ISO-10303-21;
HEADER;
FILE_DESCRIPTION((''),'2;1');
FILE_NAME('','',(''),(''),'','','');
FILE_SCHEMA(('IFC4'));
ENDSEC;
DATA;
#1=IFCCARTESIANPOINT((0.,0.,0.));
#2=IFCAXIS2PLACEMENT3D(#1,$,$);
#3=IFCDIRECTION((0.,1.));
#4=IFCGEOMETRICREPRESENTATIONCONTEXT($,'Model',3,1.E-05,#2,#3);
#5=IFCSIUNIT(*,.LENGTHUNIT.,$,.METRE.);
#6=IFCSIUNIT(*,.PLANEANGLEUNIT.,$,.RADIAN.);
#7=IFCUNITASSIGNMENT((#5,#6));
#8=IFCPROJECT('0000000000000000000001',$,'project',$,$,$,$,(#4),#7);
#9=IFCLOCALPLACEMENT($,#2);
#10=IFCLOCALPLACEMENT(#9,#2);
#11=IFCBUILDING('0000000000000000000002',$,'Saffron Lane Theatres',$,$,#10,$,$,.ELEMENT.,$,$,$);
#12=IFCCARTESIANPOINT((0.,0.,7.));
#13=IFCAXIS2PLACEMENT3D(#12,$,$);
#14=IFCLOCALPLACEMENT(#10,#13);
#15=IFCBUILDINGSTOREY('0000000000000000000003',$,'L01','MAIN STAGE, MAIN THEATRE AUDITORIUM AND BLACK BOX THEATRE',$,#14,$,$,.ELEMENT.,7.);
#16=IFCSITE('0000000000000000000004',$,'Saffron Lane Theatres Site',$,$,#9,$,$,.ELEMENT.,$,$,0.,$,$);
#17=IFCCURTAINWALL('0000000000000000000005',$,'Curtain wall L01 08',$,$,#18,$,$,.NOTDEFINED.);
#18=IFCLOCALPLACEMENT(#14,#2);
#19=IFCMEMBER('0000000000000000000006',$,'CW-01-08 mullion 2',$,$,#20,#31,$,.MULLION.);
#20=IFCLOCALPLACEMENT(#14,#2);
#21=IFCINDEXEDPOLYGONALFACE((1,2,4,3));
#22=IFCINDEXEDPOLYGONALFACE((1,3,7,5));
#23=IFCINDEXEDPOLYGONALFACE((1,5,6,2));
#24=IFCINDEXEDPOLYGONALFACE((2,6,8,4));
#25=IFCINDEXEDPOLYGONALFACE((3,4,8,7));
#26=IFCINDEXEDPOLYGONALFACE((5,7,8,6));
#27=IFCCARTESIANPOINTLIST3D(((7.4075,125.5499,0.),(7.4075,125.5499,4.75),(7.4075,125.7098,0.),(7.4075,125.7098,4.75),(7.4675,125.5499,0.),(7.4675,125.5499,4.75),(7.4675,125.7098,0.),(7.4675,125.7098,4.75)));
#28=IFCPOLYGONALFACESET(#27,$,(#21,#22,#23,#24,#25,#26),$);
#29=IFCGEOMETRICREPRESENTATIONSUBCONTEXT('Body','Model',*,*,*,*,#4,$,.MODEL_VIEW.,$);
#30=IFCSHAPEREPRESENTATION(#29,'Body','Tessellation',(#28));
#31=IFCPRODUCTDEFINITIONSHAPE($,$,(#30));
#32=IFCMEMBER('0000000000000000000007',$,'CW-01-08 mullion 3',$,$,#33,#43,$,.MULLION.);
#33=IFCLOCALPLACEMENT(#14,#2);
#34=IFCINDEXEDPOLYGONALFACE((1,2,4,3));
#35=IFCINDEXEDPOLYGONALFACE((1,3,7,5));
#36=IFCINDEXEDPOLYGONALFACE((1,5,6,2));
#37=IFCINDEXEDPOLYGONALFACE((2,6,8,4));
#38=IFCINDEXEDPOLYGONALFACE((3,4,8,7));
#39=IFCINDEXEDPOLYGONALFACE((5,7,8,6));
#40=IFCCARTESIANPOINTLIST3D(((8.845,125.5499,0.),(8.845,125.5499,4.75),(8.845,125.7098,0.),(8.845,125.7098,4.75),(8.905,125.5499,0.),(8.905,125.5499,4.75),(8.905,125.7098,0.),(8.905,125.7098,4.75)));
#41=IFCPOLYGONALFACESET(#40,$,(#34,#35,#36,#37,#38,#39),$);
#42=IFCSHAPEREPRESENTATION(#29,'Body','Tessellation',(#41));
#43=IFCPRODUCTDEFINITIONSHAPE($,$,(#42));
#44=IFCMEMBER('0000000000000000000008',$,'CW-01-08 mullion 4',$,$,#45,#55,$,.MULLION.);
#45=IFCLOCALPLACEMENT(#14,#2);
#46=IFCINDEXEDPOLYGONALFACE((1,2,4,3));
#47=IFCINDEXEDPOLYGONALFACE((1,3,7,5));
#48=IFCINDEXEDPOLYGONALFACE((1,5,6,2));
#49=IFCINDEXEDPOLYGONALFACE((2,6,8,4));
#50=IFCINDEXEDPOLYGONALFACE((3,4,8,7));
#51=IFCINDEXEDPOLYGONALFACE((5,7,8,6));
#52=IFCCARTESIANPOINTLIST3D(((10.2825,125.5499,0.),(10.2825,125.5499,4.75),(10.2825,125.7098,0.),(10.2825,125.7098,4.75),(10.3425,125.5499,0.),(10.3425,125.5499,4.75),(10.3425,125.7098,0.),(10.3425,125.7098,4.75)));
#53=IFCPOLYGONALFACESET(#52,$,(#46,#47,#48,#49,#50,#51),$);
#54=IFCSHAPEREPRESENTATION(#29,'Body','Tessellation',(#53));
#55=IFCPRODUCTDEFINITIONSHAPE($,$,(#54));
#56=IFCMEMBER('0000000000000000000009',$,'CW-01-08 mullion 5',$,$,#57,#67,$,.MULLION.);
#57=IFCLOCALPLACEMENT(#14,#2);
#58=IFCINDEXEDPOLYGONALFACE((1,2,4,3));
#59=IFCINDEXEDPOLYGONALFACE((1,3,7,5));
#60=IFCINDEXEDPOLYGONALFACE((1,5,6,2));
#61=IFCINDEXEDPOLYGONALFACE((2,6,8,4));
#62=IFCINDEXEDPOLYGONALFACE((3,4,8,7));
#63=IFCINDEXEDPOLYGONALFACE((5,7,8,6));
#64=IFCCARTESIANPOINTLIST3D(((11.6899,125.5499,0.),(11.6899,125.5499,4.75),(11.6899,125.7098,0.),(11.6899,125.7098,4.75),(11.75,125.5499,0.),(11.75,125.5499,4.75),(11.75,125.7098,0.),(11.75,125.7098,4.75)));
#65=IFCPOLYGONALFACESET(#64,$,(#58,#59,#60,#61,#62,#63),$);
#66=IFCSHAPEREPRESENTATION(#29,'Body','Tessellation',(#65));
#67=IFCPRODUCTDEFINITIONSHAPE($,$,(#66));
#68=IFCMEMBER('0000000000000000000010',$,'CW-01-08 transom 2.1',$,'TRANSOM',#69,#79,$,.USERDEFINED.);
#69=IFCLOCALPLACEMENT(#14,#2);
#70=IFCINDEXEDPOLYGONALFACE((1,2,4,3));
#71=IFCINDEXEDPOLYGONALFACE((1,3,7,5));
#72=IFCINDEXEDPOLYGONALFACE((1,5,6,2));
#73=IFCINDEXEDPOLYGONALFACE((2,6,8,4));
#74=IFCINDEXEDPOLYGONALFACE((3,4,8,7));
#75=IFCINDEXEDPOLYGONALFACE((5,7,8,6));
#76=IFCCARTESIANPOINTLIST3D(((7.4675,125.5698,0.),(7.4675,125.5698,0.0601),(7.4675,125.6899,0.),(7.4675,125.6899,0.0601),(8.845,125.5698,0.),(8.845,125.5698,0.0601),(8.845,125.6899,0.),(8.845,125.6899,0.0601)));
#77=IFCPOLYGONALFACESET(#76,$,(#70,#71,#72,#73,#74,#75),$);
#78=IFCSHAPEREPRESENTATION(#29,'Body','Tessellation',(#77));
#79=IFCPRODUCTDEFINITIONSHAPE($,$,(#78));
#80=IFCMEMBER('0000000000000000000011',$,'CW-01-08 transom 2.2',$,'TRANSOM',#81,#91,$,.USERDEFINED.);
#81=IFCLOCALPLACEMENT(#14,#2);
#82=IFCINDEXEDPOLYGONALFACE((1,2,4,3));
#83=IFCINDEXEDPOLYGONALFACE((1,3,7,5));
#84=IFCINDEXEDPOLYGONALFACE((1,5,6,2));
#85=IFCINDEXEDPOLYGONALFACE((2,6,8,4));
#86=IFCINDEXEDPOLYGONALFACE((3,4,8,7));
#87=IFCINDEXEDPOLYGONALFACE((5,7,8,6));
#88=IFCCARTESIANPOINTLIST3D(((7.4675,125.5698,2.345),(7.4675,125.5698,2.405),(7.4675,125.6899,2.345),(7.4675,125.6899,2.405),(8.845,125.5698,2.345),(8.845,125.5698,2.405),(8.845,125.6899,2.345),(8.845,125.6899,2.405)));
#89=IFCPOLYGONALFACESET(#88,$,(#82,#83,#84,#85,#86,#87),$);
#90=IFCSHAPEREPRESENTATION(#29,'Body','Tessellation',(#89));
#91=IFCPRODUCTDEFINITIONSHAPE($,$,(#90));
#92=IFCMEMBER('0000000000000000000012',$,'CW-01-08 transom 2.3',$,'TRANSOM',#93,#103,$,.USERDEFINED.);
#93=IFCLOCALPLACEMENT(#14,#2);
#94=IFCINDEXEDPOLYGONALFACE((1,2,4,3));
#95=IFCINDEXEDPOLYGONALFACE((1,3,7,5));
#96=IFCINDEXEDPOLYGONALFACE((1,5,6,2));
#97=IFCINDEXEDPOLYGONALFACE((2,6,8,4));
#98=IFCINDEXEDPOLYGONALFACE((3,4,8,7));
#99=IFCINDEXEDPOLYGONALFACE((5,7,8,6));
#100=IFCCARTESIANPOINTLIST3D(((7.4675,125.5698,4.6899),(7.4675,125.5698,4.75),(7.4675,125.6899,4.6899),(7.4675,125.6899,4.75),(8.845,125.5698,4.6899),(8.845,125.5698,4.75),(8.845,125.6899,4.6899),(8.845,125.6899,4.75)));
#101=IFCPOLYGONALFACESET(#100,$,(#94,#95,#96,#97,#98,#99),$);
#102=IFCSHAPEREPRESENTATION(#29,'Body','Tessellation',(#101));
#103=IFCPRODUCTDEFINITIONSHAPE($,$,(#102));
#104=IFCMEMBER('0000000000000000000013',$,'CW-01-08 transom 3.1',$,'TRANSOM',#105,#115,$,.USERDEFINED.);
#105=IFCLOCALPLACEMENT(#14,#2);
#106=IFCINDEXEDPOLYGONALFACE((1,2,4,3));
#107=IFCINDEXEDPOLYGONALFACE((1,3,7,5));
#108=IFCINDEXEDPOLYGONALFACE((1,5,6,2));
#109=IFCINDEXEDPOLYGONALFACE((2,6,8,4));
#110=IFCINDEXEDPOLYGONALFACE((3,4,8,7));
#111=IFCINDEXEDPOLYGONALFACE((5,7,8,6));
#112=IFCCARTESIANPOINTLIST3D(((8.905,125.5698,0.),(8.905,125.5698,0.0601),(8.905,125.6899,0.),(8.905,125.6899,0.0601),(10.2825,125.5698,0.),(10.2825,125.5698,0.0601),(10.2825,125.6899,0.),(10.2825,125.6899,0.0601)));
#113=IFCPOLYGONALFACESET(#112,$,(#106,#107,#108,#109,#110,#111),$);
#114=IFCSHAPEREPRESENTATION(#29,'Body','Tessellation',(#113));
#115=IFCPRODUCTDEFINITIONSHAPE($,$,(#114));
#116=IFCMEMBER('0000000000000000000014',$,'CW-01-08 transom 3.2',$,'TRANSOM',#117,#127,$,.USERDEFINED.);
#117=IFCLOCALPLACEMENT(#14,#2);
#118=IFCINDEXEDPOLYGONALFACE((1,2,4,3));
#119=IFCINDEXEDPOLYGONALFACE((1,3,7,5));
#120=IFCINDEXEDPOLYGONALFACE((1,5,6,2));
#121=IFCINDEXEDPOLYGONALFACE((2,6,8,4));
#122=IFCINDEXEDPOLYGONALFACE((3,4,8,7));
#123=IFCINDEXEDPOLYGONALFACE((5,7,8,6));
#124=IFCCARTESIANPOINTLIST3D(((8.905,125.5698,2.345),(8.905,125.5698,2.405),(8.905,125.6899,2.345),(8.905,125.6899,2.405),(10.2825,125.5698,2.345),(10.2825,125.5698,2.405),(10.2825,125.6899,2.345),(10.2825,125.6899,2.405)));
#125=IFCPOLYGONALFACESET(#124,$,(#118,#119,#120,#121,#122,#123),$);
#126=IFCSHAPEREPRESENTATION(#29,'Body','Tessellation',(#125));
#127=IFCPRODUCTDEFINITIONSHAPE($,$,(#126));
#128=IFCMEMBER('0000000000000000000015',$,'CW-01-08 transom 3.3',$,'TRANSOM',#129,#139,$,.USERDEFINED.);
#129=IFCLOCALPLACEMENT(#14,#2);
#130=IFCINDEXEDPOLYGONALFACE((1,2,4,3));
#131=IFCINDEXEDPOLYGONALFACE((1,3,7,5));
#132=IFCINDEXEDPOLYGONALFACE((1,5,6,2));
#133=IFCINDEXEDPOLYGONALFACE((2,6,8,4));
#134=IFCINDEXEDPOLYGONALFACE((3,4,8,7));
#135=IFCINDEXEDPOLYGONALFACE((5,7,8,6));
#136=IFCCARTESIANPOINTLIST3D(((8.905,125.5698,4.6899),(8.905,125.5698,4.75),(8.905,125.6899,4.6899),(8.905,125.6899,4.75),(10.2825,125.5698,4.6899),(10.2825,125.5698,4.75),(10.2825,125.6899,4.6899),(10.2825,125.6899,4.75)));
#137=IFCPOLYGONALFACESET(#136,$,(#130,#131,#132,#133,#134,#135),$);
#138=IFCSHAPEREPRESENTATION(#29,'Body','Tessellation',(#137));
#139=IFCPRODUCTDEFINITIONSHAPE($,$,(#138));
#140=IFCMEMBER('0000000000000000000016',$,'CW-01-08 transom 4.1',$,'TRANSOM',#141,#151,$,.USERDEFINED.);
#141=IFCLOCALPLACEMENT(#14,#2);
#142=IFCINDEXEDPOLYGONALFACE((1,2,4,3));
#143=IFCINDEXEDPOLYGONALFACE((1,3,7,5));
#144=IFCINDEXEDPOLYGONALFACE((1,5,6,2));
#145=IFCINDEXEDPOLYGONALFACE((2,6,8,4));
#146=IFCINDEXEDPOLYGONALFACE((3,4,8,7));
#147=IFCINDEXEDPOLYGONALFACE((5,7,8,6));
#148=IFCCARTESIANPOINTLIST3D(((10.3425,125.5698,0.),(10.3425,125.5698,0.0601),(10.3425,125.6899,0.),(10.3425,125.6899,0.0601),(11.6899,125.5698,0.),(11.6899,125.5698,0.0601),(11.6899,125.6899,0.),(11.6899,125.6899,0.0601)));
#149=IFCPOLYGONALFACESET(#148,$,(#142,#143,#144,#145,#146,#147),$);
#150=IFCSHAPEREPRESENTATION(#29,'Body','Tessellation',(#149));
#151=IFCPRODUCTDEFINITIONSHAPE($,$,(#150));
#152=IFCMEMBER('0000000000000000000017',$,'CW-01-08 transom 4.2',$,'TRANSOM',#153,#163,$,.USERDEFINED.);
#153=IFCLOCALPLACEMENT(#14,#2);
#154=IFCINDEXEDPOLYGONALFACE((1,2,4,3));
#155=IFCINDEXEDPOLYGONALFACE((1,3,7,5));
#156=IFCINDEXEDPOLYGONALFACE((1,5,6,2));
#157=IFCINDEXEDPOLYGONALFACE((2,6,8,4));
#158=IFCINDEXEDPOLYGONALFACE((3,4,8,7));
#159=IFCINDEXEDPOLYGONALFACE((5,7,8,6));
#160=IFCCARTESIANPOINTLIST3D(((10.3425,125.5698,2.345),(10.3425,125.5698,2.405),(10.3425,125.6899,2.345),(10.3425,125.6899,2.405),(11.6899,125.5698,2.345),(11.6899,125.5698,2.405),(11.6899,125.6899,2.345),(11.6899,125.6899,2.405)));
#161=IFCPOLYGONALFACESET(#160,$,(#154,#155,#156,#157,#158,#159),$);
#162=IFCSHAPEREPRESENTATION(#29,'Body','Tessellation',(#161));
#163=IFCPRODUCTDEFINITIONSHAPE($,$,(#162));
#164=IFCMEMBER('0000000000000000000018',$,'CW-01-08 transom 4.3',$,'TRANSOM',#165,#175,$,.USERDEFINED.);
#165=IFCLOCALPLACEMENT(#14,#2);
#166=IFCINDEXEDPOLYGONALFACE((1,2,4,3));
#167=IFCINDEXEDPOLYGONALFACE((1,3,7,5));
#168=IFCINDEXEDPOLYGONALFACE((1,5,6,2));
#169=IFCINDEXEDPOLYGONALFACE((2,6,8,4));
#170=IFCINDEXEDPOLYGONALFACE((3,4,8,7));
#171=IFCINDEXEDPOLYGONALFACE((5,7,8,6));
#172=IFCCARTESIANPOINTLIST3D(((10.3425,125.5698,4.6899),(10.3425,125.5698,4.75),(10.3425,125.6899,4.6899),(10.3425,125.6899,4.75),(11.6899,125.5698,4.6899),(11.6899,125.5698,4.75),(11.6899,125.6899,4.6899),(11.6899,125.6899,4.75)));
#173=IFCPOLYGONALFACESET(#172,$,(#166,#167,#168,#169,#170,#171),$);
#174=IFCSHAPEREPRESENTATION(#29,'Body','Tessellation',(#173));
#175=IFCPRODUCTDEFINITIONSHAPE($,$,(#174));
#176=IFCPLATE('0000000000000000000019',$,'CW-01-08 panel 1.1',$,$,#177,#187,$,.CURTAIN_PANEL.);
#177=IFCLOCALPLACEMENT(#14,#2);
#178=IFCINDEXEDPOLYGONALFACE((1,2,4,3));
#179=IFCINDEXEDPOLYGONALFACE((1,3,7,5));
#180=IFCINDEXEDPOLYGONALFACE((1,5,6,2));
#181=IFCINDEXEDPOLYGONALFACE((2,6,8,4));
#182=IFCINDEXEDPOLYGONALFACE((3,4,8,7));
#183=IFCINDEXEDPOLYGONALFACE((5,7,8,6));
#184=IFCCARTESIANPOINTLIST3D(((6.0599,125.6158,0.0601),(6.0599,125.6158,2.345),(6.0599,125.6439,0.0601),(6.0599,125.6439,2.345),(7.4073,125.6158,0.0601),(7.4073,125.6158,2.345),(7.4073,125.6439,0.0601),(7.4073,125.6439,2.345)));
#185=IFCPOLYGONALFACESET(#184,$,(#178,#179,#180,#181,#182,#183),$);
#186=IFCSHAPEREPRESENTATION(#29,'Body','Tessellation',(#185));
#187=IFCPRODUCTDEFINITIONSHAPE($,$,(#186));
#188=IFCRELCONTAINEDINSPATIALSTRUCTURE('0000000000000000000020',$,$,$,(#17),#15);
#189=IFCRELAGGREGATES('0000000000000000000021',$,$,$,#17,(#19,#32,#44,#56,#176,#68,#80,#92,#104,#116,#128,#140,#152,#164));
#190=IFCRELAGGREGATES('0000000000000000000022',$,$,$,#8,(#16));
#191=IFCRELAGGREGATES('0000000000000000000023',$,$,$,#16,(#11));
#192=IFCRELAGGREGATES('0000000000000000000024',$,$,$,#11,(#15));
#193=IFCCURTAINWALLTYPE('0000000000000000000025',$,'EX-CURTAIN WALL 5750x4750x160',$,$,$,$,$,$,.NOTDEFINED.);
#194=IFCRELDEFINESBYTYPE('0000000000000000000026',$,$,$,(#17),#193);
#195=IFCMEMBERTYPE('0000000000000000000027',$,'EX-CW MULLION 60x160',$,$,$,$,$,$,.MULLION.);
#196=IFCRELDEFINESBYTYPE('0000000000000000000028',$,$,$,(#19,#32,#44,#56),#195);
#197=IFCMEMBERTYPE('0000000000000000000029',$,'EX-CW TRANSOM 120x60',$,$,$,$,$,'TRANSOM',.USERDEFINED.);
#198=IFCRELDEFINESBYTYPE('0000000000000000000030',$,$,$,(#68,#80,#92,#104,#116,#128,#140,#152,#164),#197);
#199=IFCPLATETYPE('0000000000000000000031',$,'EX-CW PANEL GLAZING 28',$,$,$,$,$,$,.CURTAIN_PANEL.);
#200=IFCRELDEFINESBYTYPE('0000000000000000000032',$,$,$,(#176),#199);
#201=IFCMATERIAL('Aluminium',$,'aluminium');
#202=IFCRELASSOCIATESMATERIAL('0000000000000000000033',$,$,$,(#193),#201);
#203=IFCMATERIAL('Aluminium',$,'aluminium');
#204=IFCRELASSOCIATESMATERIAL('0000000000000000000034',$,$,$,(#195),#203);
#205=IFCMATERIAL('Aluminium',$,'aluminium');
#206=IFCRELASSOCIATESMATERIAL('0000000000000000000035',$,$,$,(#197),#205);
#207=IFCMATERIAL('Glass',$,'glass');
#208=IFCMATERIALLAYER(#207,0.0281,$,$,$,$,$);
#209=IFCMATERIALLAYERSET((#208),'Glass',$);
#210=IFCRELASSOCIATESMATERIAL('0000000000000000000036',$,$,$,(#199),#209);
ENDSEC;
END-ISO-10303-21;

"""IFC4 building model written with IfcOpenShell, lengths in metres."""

from ifc_helpers import new_model, si_unit, direction, frame, origin, origin_2d, place, context, subcontext, project, spatial, rectangle, extrude, material, layer, layer_set, material_profile, profile_set, type_object, element, aggregate, save


model = new_model("IFC4")

# Units and contexts
model_context = context("Model", 3, precision=1e-05, world=origin(), true_north=direction((0.0, 1.0)))
body_context = subcontext(model_context, "Body", "Model", "MODEL_VIEW")
ifc_project = project(units=[si_unit("LENGTHUNIT", "METRE"), si_unit("PLANEANGLEUNIT", "RADIAN")], contexts=[model_context])

# Site, building, storey
site_placement = place(None, origin())
site = spatial("IfcSite", under=ifc_project, at=site_placement, Name="Saffron Lane Theatres Site", CompositionType="ELEMENT", RefElevation=0.0)
building_placement = place(site_placement, origin())
building = spatial("IfcBuilding", under=site, at=building_placement, Name="Saffron Lane Theatres", CompositionType="ELEMENT")
storey_placement = place(building_placement, frame((0.0, 0.0, 7.0)))
storey = spatial("IfcBuildingStorey", under=building, at=storey_placement, Name="L01", Description="MAIN STAGE, MAIN THEATRE AUDITORIUM AND BLACK BOX THEATRE", CompositionType="ELEMENT", Elevation=7.0)

# Curtain wall, members, plate
ifc_material_1 = material(Name="Aluminium", Category="aluminium")
curtain_wall_type = type_object("IfcCurtainWallType", Name="EX-CURTAIN WALL 5750x4750x160", PredefinedType="NOTDEFINED", material=ifc_material_1)
curtain_wall_placement = place(storey_placement, origin())
curtain_wall = element("IfcCurtainWall", 1, at=curtain_wall_placement, inside=storey, type_object=curtain_wall_type, Name="Curtain wall L01 08", PredefinedType="NOTDEFINED")
ifc_material_2 = material(Name="Aluminium", Category="aluminium")
ifc_material_profile_1 = material_profile(ifc_material_2, rectangle(XDim=0.0601, YDim=0.1599, at=origin_2d()))
ifc_profile_set_1 = profile_set([ifc_material_profile_1], Name="Aluminium")
member_type_1 = type_object("IfcMemberType", Name="EX-CW MULLION 60x160", PredefinedType="MULLION", material=ifc_profile_set_1)
member_1_placement = place(storey_placement, frame((7.4375, 125.6299, 0.0), z_axis=(0.0, 0.0, 1.0), x_axis=(1.0, 0.0, 0.0)))
member_1 = element("IfcMember", 2, at=member_1_placement, type_object=member_type_1, Name="CW-01-08 mullion 2", PredefinedType="MULLION", context=body_context, shape_type="SweptSolid", body=[
    extrude(rectangle(XDim=0.0601, YDim=0.1599, at=origin_2d()), origin(), (0.0, 0.0, 1.0), 4.75),
])
member_2_placement = place(storey_placement, frame((8.875, 125.6299, 0.0), z_axis=(0.0, 0.0, 1.0), x_axis=(1.0, 0.0, 0.0)))
member_2 = element("IfcMember", 3, at=member_2_placement, type_object=member_type_1, Name="CW-01-08 mullion 3", PredefinedType="MULLION", context=body_context, shape_type="SweptSolid", body=[
    extrude(rectangle(XDim=0.0601, YDim=0.1599, at=origin_2d()), origin(), (0.0, 0.0, 1.0), 4.75),
])
member_3_placement = place(storey_placement, frame((10.3125, 125.6299, 0.0), z_axis=(0.0, 0.0, 1.0), x_axis=(1.0, 0.0, 0.0)))
member_3 = element("IfcMember", 4, at=member_3_placement, type_object=member_type_1, Name="CW-01-08 mullion 4", PredefinedType="MULLION", context=body_context, shape_type="SweptSolid", body=[
    extrude(rectangle(XDim=0.0601, YDim=0.1599, at=origin_2d()), origin(), (0.0, 0.0, 1.0), 4.75),
])
member_4_placement = place(storey_placement, frame((11.72, 125.6299, 0.0), z_axis=(0.0, 0.0, 1.0), x_axis=(1.0, 0.0, 0.0)))
member_4 = element("IfcMember", 5, at=member_4_placement, type_object=member_type_1, Name="CW-01-08 mullion 5", PredefinedType="MULLION", context=body_context, shape_type="SweptSolid", body=[
    extrude(rectangle(XDim=0.0601, YDim=0.1599, at=origin_2d()), origin(), (0.0, 0.0, 1.0), 4.75),
])
ifc_material_3 = material(Name="Aluminium", Category="aluminium")
ifc_material_profile_2 = material_profile(ifc_material_3, rectangle(XDim=0.1201, YDim=0.0601, at=origin_2d()))
ifc_profile_set_2 = profile_set([ifc_material_profile_2], Name="Aluminium")
member_type_2 = type_object("IfcMemberType", Name="EX-CW TRANSOM 120x60", ElementType="TRANSOM", PredefinedType="USERDEFINED", material=ifc_profile_set_2)
member_5_placement = place(storey_placement, frame((7.4675, 125.6299, 0.03), z_axis=(1.0, 0.0, 0.0), x_axis=(0.0, 1.0, 0.0)))
member_5 = element("IfcMember", 6, at=member_5_placement, type_object=member_type_2, Name="CW-01-08 transom 2.1", ObjectType="TRANSOM", PredefinedType="USERDEFINED", context=body_context, shape_type="SweptSolid", body=[
    extrude(rectangle(XDim=0.1201, YDim=0.0601, at=origin_2d()), origin(), (0.0, 0.0, 1.0), 1.3774),
])
member_6_placement = place(storey_placement, frame((7.4675, 125.6299, 2.375), z_axis=(1.0, 0.0, 0.0), x_axis=(0.0, 1.0, 0.0)))
member_6 = element("IfcMember", 7, at=member_6_placement, type_object=member_type_2, Name="CW-01-08 transom 2.2", ObjectType="TRANSOM", PredefinedType="USERDEFINED", context=body_context, shape_type="SweptSolid", body=[
    extrude(rectangle(XDim=0.1201, YDim=0.0601, at=origin_2d()), origin(), (0.0, 0.0, 1.0), 1.3774),
])
member_7_placement = place(storey_placement, frame((7.4675, 125.6299, 4.72), z_axis=(1.0, 0.0, 0.0), x_axis=(0.0, 1.0, 0.0)))
member_7 = element("IfcMember", 8, at=member_7_placement, type_object=member_type_2, Name="CW-01-08 transom 2.3", ObjectType="TRANSOM", PredefinedType="USERDEFINED", context=body_context, shape_type="SweptSolid", body=[
    extrude(rectangle(XDim=0.1201, YDim=0.0601, at=origin_2d()), origin(), (0.0, 0.0, 1.0), 1.3774),
])
member_8_placement = place(storey_placement, frame((8.905, 125.6299, 0.03), z_axis=(1.0, 0.0, 0.0), x_axis=(0.0, 1.0, 0.0)))
member_8 = element("IfcMember", 9, at=member_8_placement, type_object=member_type_2, Name="CW-01-08 transom 3.1", ObjectType="TRANSOM", PredefinedType="USERDEFINED", context=body_context, shape_type="SweptSolid", body=[
    extrude(rectangle(XDim=0.1201, YDim=0.0601, at=origin_2d()), origin(), (0.0, 0.0, 1.0), 1.3774),
])
member_9_placement = place(storey_placement, frame((8.905, 125.6299, 2.375), z_axis=(1.0, 0.0, 0.0), x_axis=(0.0, 1.0, 0.0)))
member_9 = element("IfcMember", 10, at=member_9_placement, type_object=member_type_2, Name="CW-01-08 transom 3.2", ObjectType="TRANSOM", PredefinedType="USERDEFINED", context=body_context, shape_type="SweptSolid", body=[
    extrude(rectangle(XDim=0.1201, YDim=0.0601, at=origin_2d()), origin(), (0.0, 0.0, 1.0), 1.3774),
])
member_10_placement = place(storey_placement, frame((8.905, 125.6299, 4.72), z_axis=(1.0, 0.0, 0.0), x_axis=(0.0, 1.0, 0.0)))
member_10 = element("IfcMember", 11, at=member_10_placement, type_object=member_type_2, Name="CW-01-08 transom 3.3", ObjectType="TRANSOM", PredefinedType="USERDEFINED", context=body_context, shape_type="SweptSolid", body=[
    extrude(rectangle(XDim=0.1201, YDim=0.0601, at=origin_2d()), origin(), (0.0, 0.0, 1.0), 1.3774),
])
member_11_placement = place(storey_placement, frame((10.3425, 125.6299, 0.03), z_axis=(1.0, 0.0, 0.0), x_axis=(0.0, 1.0, 0.0)))
member_11 = element("IfcMember", 12, at=member_11_placement, type_object=member_type_2, Name="CW-01-08 transom 4.1", ObjectType="TRANSOM", PredefinedType="USERDEFINED", context=body_context, shape_type="SweptSolid", body=[
    extrude(rectangle(XDim=0.1201, YDim=0.0601, at=origin_2d()), origin(), (0.0, 0.0, 1.0), 1.3474),
])
member_12_placement = place(storey_placement, frame((10.3425, 125.6299, 2.375), z_axis=(1.0, 0.0, 0.0), x_axis=(0.0, 1.0, 0.0)))
member_12 = element("IfcMember", 13, at=member_12_placement, type_object=member_type_2, Name="CW-01-08 transom 4.2", ObjectType="TRANSOM", PredefinedType="USERDEFINED", context=body_context, shape_type="SweptSolid", body=[
    extrude(rectangle(XDim=0.1201, YDim=0.0601, at=origin_2d()), origin(), (0.0, 0.0, 1.0), 1.3474),
])
member_13_placement = place(storey_placement, frame((10.3425, 125.6299, 4.72), z_axis=(1.0, 0.0, 0.0), x_axis=(0.0, 1.0, 0.0)))
member_13 = element("IfcMember", 14, at=member_13_placement, type_object=member_type_2, Name="CW-01-08 transom 4.3", ObjectType="TRANSOM", PredefinedType="USERDEFINED", context=body_context, shape_type="SweptSolid", body=[
    extrude(rectangle(XDim=0.1201, YDim=0.0601, at=origin_2d()), origin(), (0.0, 0.0, 1.0), 1.3474),
])
ifc_material_4 = material(Name="Glass", Category="glass")
ifc_layer_1 = layer(ifc_material_4, 0.0281)
ifc_layer_set_1 = layer_set([ifc_layer_1], Name="Glass")
plate_type_1 = type_object("IfcPlateType", Name="EX-CW PANEL GLAZING 28", PredefinedType="CURTAIN_PANEL", material=ifc_layer_set_1)
plate_1_placement = place(storey_placement, frame((6.7336, 125.6299, 0.0601), z_axis=(0.0, 0.0, 1.0), x_axis=(1.0, 0.0, 0.0)))
plate_1 = element("IfcPlate", 15, at=plate_1_placement, type_object=plate_type_1, Name="CW-01-08 panel 1.1", PredefinedType="CURTAIN_PANEL", context=body_context, shape_type="SweptSolid", body=[
    extrude(rectangle(XDim=1.3474, YDim=0.0281, at=origin_2d()), origin(), (0.0, 0.0, 1.0), 2.2849),
])
aggregate(curtain_wall, [member_1, member_2, member_3, member_4, plate_1, member_5, member_6, member_7, member_8, member_9, member_10, member_11, member_12, member_13])

save(model, "model.ifc")
